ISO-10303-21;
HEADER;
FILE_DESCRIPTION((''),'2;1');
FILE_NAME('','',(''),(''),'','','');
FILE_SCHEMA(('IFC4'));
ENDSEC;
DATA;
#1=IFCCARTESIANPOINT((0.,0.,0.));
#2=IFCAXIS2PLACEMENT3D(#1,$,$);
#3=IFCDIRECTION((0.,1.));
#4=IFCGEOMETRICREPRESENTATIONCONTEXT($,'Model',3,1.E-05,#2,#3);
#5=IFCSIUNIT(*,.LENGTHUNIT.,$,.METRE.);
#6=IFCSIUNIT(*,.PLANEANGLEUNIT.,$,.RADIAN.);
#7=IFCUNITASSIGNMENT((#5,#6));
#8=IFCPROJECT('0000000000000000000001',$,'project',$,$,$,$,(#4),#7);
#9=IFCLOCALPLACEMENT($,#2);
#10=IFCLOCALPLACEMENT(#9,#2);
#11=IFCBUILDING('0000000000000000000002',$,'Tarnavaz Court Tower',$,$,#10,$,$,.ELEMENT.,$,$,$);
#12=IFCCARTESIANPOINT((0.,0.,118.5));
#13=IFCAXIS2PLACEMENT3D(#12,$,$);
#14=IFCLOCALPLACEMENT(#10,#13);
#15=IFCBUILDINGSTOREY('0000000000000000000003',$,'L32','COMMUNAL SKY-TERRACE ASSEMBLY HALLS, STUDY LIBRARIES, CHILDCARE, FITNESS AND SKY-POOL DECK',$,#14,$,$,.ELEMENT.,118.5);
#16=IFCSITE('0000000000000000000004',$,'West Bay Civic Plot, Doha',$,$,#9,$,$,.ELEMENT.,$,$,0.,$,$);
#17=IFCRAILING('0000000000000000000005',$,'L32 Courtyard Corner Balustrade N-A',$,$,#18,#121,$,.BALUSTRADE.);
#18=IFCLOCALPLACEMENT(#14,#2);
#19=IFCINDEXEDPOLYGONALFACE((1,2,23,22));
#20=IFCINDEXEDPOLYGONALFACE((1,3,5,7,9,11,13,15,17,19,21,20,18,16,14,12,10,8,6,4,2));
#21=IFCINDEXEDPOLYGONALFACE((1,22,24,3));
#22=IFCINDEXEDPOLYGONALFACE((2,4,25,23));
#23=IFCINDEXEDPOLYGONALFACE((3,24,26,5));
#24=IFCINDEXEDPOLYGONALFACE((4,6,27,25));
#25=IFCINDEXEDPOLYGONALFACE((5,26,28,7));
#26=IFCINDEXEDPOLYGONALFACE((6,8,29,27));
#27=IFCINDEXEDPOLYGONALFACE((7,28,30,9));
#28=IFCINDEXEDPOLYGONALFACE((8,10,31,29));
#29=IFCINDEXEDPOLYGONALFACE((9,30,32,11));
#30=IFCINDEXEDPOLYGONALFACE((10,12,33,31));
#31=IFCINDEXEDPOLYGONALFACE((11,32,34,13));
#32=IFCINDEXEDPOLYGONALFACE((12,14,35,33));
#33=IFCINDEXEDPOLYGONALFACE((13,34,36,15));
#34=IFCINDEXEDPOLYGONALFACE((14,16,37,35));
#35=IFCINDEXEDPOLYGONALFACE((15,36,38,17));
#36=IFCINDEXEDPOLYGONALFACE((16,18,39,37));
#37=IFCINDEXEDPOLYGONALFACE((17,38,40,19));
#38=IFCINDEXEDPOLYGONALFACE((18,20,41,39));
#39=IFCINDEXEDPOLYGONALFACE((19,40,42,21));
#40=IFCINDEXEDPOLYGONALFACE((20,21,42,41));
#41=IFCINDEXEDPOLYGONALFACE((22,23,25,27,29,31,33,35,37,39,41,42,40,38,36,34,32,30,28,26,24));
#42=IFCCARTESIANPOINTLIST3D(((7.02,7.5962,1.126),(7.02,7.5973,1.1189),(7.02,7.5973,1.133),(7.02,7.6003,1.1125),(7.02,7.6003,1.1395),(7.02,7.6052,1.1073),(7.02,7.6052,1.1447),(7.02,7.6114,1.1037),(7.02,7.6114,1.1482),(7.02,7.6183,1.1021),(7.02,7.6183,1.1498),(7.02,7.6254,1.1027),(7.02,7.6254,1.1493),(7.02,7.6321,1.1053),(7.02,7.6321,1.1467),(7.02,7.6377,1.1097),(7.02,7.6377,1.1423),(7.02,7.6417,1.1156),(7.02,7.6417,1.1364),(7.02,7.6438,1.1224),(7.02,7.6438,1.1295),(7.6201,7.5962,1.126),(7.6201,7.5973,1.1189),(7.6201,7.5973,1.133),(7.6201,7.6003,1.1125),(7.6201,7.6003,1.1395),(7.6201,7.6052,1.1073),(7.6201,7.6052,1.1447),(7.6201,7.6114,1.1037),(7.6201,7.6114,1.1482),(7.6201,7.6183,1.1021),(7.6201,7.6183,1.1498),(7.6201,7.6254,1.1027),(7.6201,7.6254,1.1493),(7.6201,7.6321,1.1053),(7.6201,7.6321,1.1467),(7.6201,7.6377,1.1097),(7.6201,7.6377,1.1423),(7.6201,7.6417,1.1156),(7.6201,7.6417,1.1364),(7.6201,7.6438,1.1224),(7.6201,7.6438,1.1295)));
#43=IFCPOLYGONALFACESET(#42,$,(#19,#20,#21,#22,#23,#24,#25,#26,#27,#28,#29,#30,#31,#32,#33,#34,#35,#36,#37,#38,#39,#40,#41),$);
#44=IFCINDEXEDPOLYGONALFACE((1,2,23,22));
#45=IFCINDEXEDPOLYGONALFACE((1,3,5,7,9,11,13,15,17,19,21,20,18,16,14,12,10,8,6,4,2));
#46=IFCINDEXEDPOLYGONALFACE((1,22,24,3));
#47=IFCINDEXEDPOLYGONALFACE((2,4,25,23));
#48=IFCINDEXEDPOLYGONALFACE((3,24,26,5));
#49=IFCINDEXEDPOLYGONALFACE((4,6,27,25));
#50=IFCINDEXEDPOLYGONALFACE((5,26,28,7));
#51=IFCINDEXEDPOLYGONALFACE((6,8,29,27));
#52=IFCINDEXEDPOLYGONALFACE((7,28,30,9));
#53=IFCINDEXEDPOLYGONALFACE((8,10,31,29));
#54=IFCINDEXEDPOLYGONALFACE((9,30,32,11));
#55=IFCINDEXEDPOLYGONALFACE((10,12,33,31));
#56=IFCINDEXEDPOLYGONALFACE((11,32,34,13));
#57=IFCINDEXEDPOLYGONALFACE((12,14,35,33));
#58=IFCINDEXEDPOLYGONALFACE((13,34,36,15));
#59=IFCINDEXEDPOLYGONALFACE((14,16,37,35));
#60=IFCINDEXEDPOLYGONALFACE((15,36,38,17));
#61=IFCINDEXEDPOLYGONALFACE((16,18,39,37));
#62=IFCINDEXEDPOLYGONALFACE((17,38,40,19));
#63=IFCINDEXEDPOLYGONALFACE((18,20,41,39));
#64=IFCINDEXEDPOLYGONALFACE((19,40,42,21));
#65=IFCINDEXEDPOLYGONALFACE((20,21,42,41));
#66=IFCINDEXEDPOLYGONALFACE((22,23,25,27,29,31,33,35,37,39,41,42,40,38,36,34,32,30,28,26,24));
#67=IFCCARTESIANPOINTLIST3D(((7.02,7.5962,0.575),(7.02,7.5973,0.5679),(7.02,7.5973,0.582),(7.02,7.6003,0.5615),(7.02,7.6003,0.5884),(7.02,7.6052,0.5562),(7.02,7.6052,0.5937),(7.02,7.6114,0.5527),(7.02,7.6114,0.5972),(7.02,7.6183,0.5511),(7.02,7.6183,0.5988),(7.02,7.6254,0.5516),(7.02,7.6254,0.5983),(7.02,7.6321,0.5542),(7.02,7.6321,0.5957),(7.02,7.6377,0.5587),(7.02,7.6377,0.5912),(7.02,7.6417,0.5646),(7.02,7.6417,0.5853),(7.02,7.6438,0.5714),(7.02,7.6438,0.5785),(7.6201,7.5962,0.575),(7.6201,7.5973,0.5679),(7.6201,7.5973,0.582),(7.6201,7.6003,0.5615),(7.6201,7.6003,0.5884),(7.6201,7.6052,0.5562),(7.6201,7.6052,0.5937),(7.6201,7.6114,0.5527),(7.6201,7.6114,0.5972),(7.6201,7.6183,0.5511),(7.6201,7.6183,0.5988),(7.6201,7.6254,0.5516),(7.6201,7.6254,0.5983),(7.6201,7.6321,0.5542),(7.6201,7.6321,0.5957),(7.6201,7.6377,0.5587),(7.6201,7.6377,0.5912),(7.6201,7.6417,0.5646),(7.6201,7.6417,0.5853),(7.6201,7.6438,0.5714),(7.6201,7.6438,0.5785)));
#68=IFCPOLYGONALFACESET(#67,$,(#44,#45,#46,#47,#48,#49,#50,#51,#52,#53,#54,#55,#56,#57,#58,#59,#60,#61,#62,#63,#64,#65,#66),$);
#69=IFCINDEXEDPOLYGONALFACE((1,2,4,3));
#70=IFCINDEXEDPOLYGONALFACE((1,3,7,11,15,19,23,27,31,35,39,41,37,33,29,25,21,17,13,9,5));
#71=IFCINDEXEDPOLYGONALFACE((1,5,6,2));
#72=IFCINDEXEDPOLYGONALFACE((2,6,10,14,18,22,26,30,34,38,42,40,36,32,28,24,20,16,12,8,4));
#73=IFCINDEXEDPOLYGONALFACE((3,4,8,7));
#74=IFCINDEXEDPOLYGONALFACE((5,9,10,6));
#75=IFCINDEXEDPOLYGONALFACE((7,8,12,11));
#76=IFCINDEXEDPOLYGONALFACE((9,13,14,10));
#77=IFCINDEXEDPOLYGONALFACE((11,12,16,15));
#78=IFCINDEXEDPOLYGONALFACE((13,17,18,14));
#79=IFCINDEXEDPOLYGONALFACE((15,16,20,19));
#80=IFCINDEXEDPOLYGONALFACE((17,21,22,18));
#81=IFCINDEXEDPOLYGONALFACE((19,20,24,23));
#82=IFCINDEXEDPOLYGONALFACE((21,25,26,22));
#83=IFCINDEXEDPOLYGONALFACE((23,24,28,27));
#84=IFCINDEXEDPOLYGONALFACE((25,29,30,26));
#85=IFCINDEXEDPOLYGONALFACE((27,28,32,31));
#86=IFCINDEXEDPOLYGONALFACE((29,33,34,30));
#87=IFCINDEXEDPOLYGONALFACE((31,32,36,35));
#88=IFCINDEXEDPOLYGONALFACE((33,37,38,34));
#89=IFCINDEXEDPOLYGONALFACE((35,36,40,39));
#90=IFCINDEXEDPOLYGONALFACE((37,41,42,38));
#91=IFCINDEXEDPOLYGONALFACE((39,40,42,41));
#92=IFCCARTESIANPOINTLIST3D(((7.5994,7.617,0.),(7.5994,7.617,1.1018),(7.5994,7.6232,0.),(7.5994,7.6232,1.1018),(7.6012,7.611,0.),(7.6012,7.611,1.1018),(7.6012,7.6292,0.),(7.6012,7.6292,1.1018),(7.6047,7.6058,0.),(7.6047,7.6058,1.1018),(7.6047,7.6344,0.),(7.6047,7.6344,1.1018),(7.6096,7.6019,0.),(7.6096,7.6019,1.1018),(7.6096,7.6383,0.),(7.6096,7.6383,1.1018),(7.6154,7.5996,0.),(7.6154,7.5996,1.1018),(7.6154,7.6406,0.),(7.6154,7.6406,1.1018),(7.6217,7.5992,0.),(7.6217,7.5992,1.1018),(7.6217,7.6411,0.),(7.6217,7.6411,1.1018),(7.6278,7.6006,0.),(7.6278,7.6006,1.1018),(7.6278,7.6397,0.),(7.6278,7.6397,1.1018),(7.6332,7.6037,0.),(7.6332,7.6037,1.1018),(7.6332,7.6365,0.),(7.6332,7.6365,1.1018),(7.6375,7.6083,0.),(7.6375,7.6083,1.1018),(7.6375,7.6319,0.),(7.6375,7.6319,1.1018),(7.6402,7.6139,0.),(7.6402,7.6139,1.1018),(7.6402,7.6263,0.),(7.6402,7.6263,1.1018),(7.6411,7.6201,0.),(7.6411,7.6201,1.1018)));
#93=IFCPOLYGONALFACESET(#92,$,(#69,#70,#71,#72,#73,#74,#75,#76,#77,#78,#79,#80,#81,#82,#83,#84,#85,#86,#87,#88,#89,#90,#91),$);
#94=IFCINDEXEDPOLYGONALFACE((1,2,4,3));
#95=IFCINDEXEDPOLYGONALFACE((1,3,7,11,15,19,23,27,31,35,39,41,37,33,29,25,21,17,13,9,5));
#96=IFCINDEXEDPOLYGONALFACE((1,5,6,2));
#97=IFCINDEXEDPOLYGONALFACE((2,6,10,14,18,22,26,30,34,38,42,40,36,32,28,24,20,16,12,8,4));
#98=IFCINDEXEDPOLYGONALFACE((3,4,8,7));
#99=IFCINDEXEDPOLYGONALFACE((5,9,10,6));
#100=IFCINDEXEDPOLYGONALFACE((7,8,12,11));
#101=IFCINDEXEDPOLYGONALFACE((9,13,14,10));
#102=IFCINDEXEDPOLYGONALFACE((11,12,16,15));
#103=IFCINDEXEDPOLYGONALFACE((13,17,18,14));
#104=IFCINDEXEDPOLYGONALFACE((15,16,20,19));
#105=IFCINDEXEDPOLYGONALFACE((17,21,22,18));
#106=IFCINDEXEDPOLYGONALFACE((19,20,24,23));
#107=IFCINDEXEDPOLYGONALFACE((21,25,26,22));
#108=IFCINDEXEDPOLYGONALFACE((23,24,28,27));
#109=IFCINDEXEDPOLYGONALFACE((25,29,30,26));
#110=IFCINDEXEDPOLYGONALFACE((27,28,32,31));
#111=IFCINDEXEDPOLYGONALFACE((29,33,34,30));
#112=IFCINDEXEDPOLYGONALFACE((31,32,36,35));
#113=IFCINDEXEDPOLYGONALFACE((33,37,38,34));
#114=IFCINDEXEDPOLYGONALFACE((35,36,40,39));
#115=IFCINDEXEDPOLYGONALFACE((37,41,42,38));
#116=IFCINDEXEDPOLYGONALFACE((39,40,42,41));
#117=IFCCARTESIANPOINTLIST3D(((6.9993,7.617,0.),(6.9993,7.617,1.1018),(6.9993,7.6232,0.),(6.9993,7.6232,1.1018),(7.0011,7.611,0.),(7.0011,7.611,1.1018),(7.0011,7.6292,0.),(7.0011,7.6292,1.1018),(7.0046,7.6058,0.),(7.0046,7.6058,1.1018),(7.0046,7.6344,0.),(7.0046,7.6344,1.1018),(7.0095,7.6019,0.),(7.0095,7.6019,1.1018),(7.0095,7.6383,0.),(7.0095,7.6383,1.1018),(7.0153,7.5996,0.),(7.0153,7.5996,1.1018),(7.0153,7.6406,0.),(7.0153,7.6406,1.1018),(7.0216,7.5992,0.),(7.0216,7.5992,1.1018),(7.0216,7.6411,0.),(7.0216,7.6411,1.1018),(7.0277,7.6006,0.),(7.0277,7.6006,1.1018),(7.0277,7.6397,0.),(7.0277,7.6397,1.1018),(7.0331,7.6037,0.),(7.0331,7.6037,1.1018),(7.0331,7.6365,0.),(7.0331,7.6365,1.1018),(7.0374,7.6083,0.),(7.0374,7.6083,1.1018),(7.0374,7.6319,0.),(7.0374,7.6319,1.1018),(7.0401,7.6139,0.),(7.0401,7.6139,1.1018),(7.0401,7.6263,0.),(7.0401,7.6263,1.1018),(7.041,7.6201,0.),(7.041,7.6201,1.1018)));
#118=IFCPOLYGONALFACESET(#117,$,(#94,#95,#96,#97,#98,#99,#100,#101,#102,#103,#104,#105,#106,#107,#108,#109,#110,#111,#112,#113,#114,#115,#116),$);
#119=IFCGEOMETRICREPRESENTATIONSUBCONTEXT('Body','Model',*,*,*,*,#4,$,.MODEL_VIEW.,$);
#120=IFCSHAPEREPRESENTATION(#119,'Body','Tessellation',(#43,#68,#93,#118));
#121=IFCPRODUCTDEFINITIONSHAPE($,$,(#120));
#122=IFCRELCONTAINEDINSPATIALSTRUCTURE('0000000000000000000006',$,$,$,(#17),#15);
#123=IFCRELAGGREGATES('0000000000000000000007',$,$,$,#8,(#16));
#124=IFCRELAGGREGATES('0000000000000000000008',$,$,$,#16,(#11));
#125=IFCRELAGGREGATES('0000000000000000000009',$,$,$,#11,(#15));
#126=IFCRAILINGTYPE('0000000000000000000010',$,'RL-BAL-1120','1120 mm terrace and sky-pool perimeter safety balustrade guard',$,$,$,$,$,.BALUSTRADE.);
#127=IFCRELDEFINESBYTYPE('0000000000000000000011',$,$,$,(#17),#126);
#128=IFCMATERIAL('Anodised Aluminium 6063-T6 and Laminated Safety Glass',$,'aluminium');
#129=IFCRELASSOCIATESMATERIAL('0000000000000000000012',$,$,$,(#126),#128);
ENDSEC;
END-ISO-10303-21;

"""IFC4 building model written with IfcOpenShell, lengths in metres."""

from ifc_helpers import new_model, si_unit, direction, frame, origin, origin_2d, place, context, subcontext, project, spatial, circle, extrude, material, type_object, element, save


model = new_model("IFC4")

# Units and contexts
model_context = context("Model", 3, precision=1e-05, world=origin(), true_north=direction((0.0, 1.0)))
body_context = subcontext(model_context, "Body", "Model", "MODEL_VIEW")
ifc_project = project(units=[si_unit("LENGTHUNIT", "METRE"), si_unit("PLANEANGLEUNIT", "RADIAN")], contexts=[model_context])

# Site, building, storey
site_placement = place(None, origin())
site = spatial("IfcSite", under=ifc_project, at=site_placement, Name="West Bay Civic Plot, Doha", CompositionType="ELEMENT", RefElevation=0.0)
building_placement = place(site_placement, origin())
building = spatial("IfcBuilding", under=site, at=building_placement, Name="Tarnavaz Court Tower", CompositionType="ELEMENT")
storey_placement = place(building_placement, frame((0.0, 0.0, 118.5)))
storey = spatial("IfcBuildingStorey", under=building, at=storey_placement, Name="L32", Description="COMMUNAL SKY-TERRACE ASSEMBLY HALLS, STUDY LIBRARIES, CHILDCARE, FITNESS AND SKY-POOL DECK", CompositionType="ELEMENT", Elevation=118.5)

# Railing
ifc_material_1 = material(Name="Anodised Aluminium 6063-T6 and Laminated Safety Glass", Category="aluminium")
railing_type_1 = type_object("IfcRailingType", Name="RL-BAL-1120", Description="1120 mm terrace and sky-pool perimeter safety balustrade guard", PredefinedType="BALUSTRADE", material=ifc_material_1)
railing_1_placement = place(storey_placement, frame((7.6201, 7.6201, 0.0)))
element("IfcRailing", 1, at=railing_1_placement, inside=storey, type_object=railing_type_1, Name="L32 Courtyard Corner Balustrade N-A", PredefinedType="BALUSTRADE", context=body_context, shape_type="SweptSolid", body=[
    extrude(circle(Radius=0.0239, at=origin_2d()), frame((0.0, 0.0, 1.126), z_axis=(-1.0, 0.0, 0.0), x_axis=(0.0, -1.0, 0.0)), (0.0, 0.0, 1.0), 0.6001),
    extrude(circle(Radius=0.0239, at=origin_2d()), frame((0.0, 0.0, 0.575), z_axis=(-1.0, 0.0, 0.0), x_axis=(0.0, -1.0, 0.0)), (0.0, 0.0, 1.0), 0.6001),
    extrude(circle(Radius=0.021, at=origin_2d()), origin(), (0.0, 0.0, 1.0), 1.1018),
    extrude(circle(Radius=0.021, at=origin_2d()), frame((-0.6001, 0.0, 0.0)), (0.0, 0.0, 1.0), 1.1018),
])

save(model, "model.ifc")
